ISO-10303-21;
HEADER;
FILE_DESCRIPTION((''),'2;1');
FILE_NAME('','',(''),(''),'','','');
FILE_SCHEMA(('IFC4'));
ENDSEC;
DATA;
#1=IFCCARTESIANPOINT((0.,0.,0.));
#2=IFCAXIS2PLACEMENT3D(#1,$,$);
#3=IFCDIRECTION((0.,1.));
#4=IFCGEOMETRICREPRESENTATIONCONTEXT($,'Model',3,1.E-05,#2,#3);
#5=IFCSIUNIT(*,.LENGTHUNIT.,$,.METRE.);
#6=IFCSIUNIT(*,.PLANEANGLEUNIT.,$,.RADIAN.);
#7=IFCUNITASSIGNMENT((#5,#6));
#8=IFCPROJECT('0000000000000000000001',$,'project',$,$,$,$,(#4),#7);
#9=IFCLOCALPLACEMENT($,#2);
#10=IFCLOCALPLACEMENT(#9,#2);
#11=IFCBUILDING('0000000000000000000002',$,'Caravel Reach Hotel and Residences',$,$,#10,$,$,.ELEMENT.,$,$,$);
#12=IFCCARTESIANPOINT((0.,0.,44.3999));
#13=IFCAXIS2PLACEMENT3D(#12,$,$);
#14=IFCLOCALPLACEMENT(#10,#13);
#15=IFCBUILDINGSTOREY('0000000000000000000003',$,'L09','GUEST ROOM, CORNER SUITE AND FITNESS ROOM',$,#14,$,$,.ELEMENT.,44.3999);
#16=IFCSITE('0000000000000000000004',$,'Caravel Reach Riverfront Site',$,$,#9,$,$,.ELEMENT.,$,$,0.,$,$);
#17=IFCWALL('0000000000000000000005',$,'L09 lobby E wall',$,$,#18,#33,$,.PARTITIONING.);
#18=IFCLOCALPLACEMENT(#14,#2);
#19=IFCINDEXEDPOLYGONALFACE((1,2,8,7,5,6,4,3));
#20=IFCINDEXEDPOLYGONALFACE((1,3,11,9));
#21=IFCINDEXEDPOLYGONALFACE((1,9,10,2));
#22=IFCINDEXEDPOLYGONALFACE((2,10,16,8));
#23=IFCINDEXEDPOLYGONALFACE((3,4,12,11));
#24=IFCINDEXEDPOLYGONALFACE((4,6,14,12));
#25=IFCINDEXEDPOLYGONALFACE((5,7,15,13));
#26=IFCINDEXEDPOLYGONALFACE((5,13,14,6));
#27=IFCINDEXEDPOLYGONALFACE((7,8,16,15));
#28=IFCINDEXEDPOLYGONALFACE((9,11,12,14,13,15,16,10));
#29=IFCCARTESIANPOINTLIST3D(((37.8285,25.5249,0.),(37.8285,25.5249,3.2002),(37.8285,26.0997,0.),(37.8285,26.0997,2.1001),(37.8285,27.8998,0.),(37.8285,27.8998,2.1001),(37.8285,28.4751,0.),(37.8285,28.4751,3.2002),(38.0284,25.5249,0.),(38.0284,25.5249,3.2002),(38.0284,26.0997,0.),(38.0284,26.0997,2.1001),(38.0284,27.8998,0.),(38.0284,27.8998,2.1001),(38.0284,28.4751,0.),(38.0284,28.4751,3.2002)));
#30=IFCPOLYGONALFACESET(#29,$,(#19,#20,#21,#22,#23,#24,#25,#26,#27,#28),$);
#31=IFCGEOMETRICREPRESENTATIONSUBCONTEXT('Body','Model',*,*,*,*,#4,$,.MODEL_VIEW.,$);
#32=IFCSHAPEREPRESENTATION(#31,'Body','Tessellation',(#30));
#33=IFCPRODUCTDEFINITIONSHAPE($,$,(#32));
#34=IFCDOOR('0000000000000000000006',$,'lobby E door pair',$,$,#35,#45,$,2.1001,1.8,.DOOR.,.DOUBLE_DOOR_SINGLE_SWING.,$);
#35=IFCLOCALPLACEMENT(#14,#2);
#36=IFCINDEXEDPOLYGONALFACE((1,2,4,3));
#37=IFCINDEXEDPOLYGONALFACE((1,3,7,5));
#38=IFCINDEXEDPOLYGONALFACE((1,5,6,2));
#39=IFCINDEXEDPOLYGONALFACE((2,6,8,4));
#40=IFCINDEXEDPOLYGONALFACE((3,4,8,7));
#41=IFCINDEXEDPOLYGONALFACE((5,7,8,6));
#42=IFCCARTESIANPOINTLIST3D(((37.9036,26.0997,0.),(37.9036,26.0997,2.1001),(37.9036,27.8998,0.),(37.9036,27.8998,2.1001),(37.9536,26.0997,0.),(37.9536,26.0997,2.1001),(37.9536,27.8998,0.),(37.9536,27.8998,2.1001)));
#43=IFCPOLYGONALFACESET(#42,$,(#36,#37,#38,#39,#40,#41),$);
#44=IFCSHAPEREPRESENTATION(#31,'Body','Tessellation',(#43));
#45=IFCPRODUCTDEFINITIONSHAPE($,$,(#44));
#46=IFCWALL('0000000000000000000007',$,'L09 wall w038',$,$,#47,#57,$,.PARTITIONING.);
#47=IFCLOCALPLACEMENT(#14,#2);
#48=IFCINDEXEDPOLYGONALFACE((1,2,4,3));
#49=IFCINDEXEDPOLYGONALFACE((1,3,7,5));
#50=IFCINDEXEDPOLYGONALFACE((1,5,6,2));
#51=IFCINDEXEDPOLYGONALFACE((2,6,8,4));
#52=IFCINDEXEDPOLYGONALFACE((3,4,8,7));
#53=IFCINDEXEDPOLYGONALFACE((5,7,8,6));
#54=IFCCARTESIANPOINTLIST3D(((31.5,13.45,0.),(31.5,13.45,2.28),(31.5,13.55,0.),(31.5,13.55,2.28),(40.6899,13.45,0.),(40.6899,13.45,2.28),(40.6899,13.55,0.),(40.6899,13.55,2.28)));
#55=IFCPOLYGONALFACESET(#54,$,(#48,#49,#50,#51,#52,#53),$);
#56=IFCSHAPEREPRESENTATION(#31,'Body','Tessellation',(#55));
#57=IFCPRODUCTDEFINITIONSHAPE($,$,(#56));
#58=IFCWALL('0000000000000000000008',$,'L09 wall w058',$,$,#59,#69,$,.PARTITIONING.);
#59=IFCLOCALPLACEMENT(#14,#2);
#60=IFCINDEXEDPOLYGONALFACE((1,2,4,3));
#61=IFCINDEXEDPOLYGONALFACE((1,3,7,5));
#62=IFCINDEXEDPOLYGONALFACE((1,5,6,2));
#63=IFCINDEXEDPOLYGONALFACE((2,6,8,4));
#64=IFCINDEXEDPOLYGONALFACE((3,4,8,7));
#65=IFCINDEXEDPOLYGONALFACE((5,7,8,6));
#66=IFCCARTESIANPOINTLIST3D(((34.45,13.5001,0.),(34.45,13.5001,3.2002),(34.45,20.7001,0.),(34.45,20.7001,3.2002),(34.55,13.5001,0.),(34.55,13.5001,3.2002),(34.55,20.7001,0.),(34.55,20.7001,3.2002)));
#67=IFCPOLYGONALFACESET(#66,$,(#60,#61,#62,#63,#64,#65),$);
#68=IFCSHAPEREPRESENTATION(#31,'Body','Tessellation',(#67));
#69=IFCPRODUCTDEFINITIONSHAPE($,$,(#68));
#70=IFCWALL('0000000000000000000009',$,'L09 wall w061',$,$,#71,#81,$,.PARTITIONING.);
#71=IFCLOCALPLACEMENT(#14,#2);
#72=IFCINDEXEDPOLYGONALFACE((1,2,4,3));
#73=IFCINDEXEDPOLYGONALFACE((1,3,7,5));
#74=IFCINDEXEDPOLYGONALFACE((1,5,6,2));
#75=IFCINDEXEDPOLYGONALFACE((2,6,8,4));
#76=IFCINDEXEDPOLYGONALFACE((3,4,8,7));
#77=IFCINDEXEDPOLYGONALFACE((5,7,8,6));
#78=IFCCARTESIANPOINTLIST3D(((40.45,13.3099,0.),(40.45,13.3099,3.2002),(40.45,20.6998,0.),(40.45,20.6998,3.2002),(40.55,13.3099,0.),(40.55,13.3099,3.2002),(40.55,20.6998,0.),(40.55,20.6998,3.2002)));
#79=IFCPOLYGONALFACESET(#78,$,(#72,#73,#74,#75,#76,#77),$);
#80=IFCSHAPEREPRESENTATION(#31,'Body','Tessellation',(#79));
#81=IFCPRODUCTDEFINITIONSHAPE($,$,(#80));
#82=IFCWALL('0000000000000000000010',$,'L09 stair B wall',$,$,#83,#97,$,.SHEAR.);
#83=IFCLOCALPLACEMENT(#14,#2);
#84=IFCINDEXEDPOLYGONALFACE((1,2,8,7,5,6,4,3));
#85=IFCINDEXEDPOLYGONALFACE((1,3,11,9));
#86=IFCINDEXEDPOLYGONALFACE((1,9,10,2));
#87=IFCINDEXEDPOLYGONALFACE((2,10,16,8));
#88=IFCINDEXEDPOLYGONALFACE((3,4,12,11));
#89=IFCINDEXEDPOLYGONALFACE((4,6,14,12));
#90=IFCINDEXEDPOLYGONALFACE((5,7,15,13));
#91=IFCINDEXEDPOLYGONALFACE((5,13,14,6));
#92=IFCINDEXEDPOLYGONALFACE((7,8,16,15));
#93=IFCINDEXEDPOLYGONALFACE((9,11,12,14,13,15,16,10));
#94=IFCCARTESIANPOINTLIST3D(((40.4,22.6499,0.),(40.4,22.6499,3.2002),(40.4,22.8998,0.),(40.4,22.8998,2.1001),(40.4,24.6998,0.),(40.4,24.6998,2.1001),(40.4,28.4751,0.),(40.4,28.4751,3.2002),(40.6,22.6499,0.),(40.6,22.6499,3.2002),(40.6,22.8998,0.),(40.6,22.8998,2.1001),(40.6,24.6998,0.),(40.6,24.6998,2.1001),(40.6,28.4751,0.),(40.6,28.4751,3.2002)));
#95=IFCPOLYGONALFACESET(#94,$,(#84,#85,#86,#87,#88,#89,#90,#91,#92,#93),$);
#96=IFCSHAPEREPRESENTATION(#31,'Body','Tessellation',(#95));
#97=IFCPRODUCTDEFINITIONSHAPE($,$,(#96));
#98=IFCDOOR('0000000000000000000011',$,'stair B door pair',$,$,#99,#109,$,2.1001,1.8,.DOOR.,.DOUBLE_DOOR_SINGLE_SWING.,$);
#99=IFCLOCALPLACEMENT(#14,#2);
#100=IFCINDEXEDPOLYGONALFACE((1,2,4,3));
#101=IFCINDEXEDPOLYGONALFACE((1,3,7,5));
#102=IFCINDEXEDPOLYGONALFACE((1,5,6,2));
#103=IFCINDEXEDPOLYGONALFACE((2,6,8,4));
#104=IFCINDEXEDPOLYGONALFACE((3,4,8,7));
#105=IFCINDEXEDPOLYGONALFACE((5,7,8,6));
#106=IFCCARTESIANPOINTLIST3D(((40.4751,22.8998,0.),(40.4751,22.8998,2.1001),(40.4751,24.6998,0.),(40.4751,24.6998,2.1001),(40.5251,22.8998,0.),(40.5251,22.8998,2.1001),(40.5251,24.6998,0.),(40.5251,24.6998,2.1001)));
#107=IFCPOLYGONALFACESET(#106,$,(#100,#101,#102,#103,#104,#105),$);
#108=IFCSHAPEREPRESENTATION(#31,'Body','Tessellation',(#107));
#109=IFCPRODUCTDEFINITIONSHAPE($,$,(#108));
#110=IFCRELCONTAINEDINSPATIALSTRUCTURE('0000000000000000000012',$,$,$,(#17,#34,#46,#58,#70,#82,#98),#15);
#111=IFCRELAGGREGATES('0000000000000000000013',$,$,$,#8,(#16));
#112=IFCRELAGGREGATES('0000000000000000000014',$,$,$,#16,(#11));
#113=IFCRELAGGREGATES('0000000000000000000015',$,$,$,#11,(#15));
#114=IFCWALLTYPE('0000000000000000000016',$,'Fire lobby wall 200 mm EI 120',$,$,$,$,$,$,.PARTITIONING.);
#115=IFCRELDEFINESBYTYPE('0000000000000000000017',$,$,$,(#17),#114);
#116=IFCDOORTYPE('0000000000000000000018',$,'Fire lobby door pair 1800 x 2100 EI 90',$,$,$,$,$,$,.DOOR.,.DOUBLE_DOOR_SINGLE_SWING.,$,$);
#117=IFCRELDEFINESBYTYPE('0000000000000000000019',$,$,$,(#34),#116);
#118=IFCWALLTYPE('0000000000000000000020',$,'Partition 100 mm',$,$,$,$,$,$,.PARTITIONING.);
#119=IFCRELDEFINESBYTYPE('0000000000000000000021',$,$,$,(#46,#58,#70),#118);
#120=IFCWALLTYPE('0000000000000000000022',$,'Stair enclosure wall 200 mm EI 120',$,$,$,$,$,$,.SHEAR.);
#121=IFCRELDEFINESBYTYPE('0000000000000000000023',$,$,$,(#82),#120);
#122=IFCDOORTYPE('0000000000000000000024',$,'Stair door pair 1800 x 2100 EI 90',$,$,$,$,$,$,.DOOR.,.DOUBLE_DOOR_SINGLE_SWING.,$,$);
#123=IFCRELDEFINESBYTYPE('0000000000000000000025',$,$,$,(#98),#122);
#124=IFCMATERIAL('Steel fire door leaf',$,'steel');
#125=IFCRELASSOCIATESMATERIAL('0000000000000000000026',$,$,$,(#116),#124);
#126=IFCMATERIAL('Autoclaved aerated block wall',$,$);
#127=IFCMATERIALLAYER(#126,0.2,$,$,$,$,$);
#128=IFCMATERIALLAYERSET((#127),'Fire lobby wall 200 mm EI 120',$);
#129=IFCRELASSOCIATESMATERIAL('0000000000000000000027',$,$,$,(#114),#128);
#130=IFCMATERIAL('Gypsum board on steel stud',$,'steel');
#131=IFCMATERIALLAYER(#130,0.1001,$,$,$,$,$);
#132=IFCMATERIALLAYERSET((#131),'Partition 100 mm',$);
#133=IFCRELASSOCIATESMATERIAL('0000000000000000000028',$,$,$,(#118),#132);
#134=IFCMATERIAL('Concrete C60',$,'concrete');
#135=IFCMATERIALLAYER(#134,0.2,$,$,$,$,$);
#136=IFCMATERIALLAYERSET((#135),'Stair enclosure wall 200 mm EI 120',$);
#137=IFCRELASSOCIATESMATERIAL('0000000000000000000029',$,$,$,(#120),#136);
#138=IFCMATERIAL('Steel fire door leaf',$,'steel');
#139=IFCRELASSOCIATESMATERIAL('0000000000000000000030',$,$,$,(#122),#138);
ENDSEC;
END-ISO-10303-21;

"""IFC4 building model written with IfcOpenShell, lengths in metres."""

from ifc_helpers import new_model, si_unit, direction, frame, frame_2d, origin, place, context, subcontext, project, spatial, rectangle, extrude, material, layer, layer_set, type_object, element, fill, save


model = new_model("IFC4")

# Units and contexts
model_context = context("Model", 3, precision=1e-05, world=origin(), true_north=direction((0.0, 1.0)))
body_context = subcontext(model_context, "Body", "Model", "MODEL_VIEW")
ifc_project = project(units=[si_unit("LENGTHUNIT", "METRE"), si_unit("PLANEANGLEUNIT", "RADIAN")], contexts=[model_context])

# Site, building, storey
site_placement = place(None, origin())
site = spatial("IfcSite", under=ifc_project, at=site_placement, Name="Caravel Reach Riverfront Site", CompositionType="ELEMENT", RefElevation=0.0)
building_placement = place(site_placement, origin())
building = spatial("IfcBuilding", under=site, at=building_placement, Name="Caravel Reach Hotel and Residences", CompositionType="ELEMENT")
storey_placement = place(building_placement, frame((0.0, 0.0, 44.3999)))
storey = spatial("IfcBuildingStorey", under=building, at=storey_placement, Name="L09", Description="GUEST ROOM, CORNER SUITE AND FITNESS ROOM", CompositionType="ELEMENT", Elevation=44.3999)

# Shared definitions
ifc_material_1 = material(Name="Steel fire door leaf", Category="steel")
door_type_1 = type_object("IfcDoorType", Name="Fire lobby door pair 1800 x 2100 EI 90", OperationType="DOUBLE_DOOR_SINGLE_SWING", PredefinedType="DOOR", material=ifc_material_1)

# Wall, opening, door
ifc_material_2 = material(Name="Autoclaved aerated block wall")
ifc_layer_1 = layer(ifc_material_2, 0.2)
ifc_layer_set_1 = layer_set([ifc_layer_1], Name="Fire lobby wall 200 mm EI 120")
wall_type_1 = type_object("IfcWallType", Name="Fire lobby wall 200 mm EI 120", PredefinedType="PARTITIONING", material=ifc_layer_set_1)
wall_1_placement = place(storey_placement, frame((37.9285, 25.5249, 0.0), z_axis=(0.0, 0.0, 1.0), x_axis=(0.0, 1.0, 0.0)))
wall_1 = element("IfcWall", 1, at=wall_1_placement, inside=storey, type_object=wall_type_1, Name="L09 lobby E wall", PredefinedType="PARTITIONING", context=body_context, shape_type="SweptSolid", body=[
    extrude(rectangle(XDim=2.9502, YDim=0.2, at=frame_2d((1.4751, 0.0))), origin(), (0.0, 0.0, 1.0), 3.2002),
])
opening_1_placement = place(wall_1_placement, frame((0.575, 0.0, 0.0)))
opening_1 = element("IfcOpeningElement", 2, at=opening_1_placement, cuts=wall_1, PredefinedType="OPENING", context=body_context, shape_type="SweptSolid", body=[
    extrude(rectangle(XDim=1.8, YDim=2.1001, at=frame_2d((0.8999, 1.05))), frame((0.0, 0.1099, 0.0), z_axis=(0.0, -1.0, 0.0), x_axis=(1.0, 0.0, 0.0)), (0.0, 0.0, 1.0), 0.22),
])
door_1_placement = place(opening_1_placement, origin())
door_1 = element("IfcDoor", 3, at=door_1_placement, inside=storey, type_object=door_type_1, Name="lobby E door pair", OperationType="DOUBLE_DOOR_SINGLE_SWING", OverallHeight=2.1001, OverallWidth=1.8, PredefinedType="DOOR", context=body_context, shape_type="SweptSolid", body=[
    extrude(rectangle(XDim=1.8, YDim=2.1001, at=frame_2d((0.8999, 1.05))), frame((0.0, 0.0249, 0.0), z_axis=(0.0, -1.0, 0.0), x_axis=(1.0, 0.0, 0.0)), (0.0, 0.0, 1.0), 0.05),
])
fill(opening_1, door_1)

# Walls
ifc_material_3 = material(Name="Gypsum board on steel stud", Category="steel")
ifc_layer_2 = layer(ifc_material_3, 0.1001)
ifc_layer_set_2 = layer_set([ifc_layer_2], Name="Partition 100 mm")
wall_type_2 = type_object("IfcWallType", Name="Partition 100 mm", PredefinedType="PARTITIONING", material=ifc_layer_set_2)
wall_2_placement = place(storey_placement, frame((31.5, 13.5, 0.0), z_axis=(0.0, 0.0, 1.0), x_axis=(1.0, 0.0, 0.0)))
element("IfcWall", 4, at=wall_2_placement, inside=storey, type_object=wall_type_2, Name="L09 wall w038", PredefinedType="PARTITIONING", context=body_context, shape_type="SweptSolid", body=[
    extrude(rectangle(XDim=9.1899, YDim=0.1001, at=frame_2d((4.595, 0.0))), origin(), (0.0, 0.0, 1.0), 2.28),
])
wall_3_placement = place(storey_placement, frame((34.5, 13.5, 0.0), z_axis=(0.0, 0.0, 1.0), x_axis=(0.0, 1.0, 0.0)))
element("IfcWall", 5, at=wall_3_placement, inside=storey, type_object=wall_type_2, Name="L09 wall w058", PredefinedType="PARTITIONING", context=body_context, shape_type="SweptSolid", body=[
    extrude(rectangle(XDim=7.2, YDim=0.1001, at=frame_2d((3.6001, 0.0))), origin(), (0.0, 0.0, 1.0), 3.2002),
])
wall_4_placement = place(storey_placement, frame((40.5, 13.3101, 0.0), z_axis=(0.0, 0.0, 1.0), x_axis=(0.0, 1.0, 0.0)))
element("IfcWall", 6, at=wall_4_placement, inside=storey, type_object=wall_type_2, Name="L09 wall w061", PredefinedType="PARTITIONING", context=body_context, shape_type="SweptSolid", body=[
    extrude(rectangle(XDim=7.3899, YDim=0.1001, at=frame_2d((3.6948, 0.0))), origin(), (0.0, 0.0, 1.0), 3.2002),
])

# Wall, opening, door
ifc_material_4 = material(Name="Concrete C60", Category="concrete")
ifc_layer_3 = layer(ifc_material_4, 0.2)
ifc_layer_set_3 = layer_set([ifc_layer_3], Name="Stair enclosure wall 200 mm EI 120")
wall_type_3 = type_object("IfcWallType", Name="Stair enclosure wall 200 mm EI 120", PredefinedType="SHEAR", material=ifc_layer_set_3)
wall_5_placement = place(storey_placement, frame((40.5, 22.6499, 0.0), z_axis=(0.0, 0.0, 1.0), x_axis=(0.0, 1.0, 0.0)))
wall_5 = element("IfcWall", 7, at=wall_5_placement, inside=storey, type_object=wall_type_3, Name="L09 stair B wall", PredefinedType="SHEAR", context=body_context, shape_type="SweptSolid", body=[
    extrude(rectangle(XDim=5.8252, YDim=0.2, at=frame_2d((2.9126, 0.0))), origin(), (0.0, 0.0, 1.0), 3.2002),
])
opening_2_placement = place(wall_5_placement, frame((0.25, 0.0, 0.0)))
opening_2 = element("IfcOpeningElement", 8, at=opening_2_placement, cuts=wall_5, PredefinedType="OPENING", context=body_context, shape_type="SweptSolid", body=[
    extrude(rectangle(XDim=1.8, YDim=2.1001, at=frame_2d((0.8999, 1.05))), frame((0.0, 0.1099, 0.0), z_axis=(0.0, -1.0, 0.0), x_axis=(1.0, 0.0, 0.0)), (0.0, 0.0, 1.0), 0.22),
])
ifc_material_5 = material(Name="Steel fire door leaf", Category="steel")
door_type_2 = type_object("IfcDoorType", Name="Stair door pair 1800 x 2100 EI 90", OperationType="DOUBLE_DOOR_SINGLE_SWING", PredefinedType="DOOR", material=ifc_material_5)
door_2_placement = place(opening_2_placement, origin())
door_2 = element("IfcDoor", 9, at=door_2_placement, inside=storey, type_object=door_type_2, Name="stair B door pair", OperationType="DOUBLE_DOOR_SINGLE_SWING", OverallHeight=2.1001, OverallWidth=1.8, PredefinedType="DOOR", context=body_context, shape_type="SweptSolid", body=[
    extrude(rectangle(XDim=1.8, YDim=2.1001, at=frame_2d((0.8999, 1.05))), frame((0.0, 0.0249, 0.0), z_axis=(0.0, -1.0, 0.0), x_axis=(1.0, 0.0, 0.0)), (0.0, 0.0, 1.0), 0.05),
])
fill(opening_2, door_2)

save(model, "model.ifc")
